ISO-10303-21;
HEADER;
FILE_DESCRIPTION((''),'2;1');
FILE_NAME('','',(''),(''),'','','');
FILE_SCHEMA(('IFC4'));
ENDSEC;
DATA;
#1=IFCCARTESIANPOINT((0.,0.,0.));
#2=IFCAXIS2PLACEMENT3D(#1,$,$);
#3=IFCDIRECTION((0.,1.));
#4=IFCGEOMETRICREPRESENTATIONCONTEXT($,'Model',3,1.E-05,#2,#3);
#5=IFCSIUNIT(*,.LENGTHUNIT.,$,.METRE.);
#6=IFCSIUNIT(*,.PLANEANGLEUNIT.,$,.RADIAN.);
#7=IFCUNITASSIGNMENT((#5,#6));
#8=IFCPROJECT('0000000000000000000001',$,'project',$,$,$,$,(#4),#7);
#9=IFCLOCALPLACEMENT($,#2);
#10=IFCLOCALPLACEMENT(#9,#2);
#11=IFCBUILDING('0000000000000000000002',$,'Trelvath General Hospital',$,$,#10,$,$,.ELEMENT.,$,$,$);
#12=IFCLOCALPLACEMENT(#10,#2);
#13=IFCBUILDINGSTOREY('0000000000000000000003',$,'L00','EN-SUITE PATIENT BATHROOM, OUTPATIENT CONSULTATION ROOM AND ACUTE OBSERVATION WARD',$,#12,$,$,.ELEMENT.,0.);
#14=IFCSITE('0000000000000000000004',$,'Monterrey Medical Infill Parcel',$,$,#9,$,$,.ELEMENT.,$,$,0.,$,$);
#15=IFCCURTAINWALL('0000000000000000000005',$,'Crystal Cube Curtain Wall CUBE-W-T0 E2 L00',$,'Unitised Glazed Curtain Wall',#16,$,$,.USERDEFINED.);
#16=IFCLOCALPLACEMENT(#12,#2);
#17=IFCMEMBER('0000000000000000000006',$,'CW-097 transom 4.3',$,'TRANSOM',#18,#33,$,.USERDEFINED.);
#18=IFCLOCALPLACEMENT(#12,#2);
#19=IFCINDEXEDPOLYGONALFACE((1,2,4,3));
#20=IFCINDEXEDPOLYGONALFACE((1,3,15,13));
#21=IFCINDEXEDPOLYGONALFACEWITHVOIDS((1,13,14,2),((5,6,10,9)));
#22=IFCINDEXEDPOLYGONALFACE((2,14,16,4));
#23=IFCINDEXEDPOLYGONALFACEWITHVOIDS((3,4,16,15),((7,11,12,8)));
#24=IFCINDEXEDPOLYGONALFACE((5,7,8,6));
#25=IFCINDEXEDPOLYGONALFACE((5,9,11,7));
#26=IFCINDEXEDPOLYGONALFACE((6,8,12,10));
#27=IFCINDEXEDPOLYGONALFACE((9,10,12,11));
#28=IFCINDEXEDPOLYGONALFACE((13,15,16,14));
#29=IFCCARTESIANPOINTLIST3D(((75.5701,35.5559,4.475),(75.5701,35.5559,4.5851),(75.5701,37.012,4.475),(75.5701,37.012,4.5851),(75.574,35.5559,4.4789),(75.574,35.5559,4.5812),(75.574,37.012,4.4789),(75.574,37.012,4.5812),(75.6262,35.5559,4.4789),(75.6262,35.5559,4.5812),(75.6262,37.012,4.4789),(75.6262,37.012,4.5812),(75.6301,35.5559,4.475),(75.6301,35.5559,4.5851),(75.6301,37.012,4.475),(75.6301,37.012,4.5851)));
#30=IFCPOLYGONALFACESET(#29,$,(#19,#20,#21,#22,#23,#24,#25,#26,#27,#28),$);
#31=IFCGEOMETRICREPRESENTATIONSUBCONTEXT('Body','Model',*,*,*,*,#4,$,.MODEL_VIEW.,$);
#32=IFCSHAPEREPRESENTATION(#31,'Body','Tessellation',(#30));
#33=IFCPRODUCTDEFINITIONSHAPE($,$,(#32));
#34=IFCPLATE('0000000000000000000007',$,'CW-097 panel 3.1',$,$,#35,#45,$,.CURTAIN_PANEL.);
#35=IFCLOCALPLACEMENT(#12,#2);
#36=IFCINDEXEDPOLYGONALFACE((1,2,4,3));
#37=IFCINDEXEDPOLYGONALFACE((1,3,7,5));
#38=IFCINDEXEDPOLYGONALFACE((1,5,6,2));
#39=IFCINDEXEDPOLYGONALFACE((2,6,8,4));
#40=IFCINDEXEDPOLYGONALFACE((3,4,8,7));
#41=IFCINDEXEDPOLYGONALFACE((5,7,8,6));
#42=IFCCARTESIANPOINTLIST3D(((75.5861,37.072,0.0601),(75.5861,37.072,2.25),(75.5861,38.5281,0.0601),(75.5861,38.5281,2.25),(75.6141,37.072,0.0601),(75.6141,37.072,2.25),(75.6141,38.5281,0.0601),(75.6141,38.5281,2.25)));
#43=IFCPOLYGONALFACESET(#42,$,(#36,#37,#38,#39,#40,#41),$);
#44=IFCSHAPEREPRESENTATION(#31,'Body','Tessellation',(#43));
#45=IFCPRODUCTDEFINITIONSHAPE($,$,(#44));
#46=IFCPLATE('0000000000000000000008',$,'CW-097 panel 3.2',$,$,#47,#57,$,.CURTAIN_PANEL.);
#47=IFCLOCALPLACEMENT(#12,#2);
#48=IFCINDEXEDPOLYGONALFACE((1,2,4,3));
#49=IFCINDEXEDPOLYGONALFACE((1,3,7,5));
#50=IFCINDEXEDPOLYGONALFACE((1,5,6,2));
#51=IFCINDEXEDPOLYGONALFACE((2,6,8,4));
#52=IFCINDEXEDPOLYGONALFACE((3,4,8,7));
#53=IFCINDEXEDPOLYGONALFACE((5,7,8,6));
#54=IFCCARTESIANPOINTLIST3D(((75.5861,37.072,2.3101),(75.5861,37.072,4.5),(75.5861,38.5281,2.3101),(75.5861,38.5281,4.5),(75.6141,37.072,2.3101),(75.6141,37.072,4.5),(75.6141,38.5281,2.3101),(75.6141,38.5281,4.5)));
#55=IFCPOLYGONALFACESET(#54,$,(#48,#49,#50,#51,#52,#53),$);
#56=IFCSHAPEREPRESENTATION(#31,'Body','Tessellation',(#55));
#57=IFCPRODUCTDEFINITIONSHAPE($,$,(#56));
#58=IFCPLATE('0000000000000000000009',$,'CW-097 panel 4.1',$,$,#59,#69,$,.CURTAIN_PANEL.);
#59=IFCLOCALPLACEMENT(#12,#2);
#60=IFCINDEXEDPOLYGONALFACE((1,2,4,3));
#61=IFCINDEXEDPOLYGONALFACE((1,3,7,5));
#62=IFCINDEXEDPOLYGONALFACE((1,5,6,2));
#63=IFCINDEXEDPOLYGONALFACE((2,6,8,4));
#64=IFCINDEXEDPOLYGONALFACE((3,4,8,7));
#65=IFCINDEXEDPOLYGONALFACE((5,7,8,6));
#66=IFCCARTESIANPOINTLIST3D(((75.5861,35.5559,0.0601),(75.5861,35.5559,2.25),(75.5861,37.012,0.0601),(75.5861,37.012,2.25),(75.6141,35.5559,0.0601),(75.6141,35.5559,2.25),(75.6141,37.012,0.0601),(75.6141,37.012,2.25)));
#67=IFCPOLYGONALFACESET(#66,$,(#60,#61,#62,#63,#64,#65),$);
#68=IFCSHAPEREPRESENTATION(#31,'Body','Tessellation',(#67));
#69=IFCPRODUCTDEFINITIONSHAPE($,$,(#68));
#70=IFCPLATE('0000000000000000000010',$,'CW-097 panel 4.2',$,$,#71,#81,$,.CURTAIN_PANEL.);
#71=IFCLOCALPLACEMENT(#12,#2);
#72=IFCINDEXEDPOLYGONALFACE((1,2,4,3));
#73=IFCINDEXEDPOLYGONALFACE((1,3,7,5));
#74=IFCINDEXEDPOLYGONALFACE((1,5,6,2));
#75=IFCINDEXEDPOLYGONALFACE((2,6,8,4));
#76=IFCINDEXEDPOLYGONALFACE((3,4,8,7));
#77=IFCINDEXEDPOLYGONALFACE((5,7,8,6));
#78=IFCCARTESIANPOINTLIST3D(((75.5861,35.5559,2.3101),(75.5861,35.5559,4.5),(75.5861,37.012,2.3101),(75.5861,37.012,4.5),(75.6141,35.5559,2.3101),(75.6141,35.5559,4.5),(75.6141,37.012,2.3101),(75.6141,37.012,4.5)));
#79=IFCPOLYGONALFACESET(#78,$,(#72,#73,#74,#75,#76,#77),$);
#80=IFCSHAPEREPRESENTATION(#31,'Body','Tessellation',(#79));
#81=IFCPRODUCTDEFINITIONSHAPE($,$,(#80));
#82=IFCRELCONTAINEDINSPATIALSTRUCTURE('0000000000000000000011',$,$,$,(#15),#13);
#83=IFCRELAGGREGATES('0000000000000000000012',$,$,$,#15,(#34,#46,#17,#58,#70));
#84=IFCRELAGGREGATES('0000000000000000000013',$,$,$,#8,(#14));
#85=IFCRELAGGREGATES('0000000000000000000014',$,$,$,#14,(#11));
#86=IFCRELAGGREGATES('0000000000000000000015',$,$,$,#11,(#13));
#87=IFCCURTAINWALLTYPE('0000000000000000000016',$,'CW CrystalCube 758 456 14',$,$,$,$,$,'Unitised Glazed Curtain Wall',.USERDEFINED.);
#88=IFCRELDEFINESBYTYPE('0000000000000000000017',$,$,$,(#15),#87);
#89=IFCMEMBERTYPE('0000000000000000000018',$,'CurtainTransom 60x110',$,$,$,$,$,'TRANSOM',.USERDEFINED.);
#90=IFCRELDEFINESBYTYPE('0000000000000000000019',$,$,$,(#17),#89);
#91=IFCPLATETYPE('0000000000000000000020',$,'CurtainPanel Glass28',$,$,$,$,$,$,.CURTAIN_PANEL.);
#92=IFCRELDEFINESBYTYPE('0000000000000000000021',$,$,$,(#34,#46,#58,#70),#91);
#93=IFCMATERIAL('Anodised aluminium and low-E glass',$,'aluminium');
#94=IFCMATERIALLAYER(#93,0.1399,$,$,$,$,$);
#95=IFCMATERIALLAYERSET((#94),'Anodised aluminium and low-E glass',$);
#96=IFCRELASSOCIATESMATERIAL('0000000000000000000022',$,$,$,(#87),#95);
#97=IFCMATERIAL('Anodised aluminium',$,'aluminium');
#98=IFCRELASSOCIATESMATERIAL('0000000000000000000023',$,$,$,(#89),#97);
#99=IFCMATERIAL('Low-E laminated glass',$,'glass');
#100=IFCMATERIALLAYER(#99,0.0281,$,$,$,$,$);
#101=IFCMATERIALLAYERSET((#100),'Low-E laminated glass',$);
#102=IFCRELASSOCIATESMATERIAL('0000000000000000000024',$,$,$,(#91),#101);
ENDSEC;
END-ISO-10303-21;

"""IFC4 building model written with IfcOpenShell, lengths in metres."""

from ifc_helpers import new_model, si_unit, direction, frame, origin, origin_2d, place, context, subcontext, project, spatial, rectangle, hollow_rectangle, extrude, material, layer, layer_set, material_profile, profile_set, type_object, element, aggregate, save


model = new_model("IFC4")

# Units and contexts
model_context = context("Model", 3, precision=1e-05, world=origin(), true_north=direction((0.0, 1.0)))
body_context = subcontext(model_context, "Body", "Model", "MODEL_VIEW")
ifc_project = project(units=[si_unit("LENGTHUNIT", "METRE"), si_unit("PLANEANGLEUNIT", "RADIAN")], contexts=[model_context])

# Site, building, storey
site_placement = place(None, origin())
site = spatial("IfcSite", under=ifc_project, at=site_placement, Name="Monterrey Medical Infill Parcel", CompositionType="ELEMENT", RefElevation=0.0)
building_placement = place(site_placement, origin())
building = spatial("IfcBuilding", under=site, at=building_placement, Name="Trelvath General Hospital", CompositionType="ELEMENT")
storey_placement = place(building_placement, origin())
storey = spatial("IfcBuildingStorey", under=building, at=storey_placement, Name="L00", Description="EN-SUITE PATIENT BATHROOM, OUTPATIENT CONSULTATION ROOM AND ACUTE OBSERVATION WARD", CompositionType="ELEMENT", Elevation=0.0)

# Curtain wall, member, plates
ifc_material_1 = material(Name="Anodised aluminium and low-E glass", Category="aluminium")
ifc_layer_1 = layer(ifc_material_1, 0.1399)
ifc_layer_set_1 = layer_set([ifc_layer_1], Name="Anodised aluminium and low-E glass")
curtain_wall_type = type_object("IfcCurtainWallType", Name="CW CrystalCube 758 456 14", ElementType="Unitised Glazed Curtain Wall", PredefinedType="USERDEFINED", material=ifc_layer_set_1)
curtain_wall_placement = place(storey_placement, origin())
curtain_wall = element("IfcCurtainWall", 1, at=curtain_wall_placement, inside=storey, type_object=curtain_wall_type, Name="Crystal Cube Curtain Wall CUBE-W-T0 E2 L00", ObjectType="Unitised Glazed Curtain Wall", PredefinedType="USERDEFINED")
ifc_material_2 = material(Name="Anodised aluminium", Category="aluminium")
ifc_material_profile_1 = material_profile(ifc_material_2, hollow_rectangle(XDim=0.0601, YDim=0.1101, WallThickness=0.0039, at=origin_2d()), Name="RHS60x110x4")
ifc_profile_set_1 = profile_set([ifc_material_profile_1], Name="Anodised aluminium")
member_type_1 = type_object("IfcMemberType", Name="CurtainTransom 60x110", ElementType="TRANSOM", PredefinedType="USERDEFINED", material=ifc_profile_set_1)
member_1_placement = place(storey_placement, frame((75.6001, 37.012, 4.53), z_axis=(0.0, -1.0, 0.0), x_axis=(1.0, 0.0, 0.0)))
member_1 = element("IfcMember", 2, at=member_1_placement, type_object=member_type_1, Name="CW-097 transom 4.3", ObjectType="TRANSOM", PredefinedType="USERDEFINED", context=body_context, shape_type="SweptSolid", body=[
    extrude(hollow_rectangle(XDim=0.0601, YDim=0.1101, WallThickness=0.0039, at=origin_2d()), origin(), (0.0, 0.0, 1.0), 1.4561),
])
ifc_material_3 = material(Name="Low-E laminated glass", Category="glass")
ifc_layer_2 = layer(ifc_material_3, 0.0281)
ifc_layer_set_2 = layer_set([ifc_layer_2], Name="Low-E laminated glass")
plate_type = type_object("IfcPlateType", Name="CurtainPanel Glass28", PredefinedType="CURTAIN_PANEL", material=ifc_layer_set_2)
plate_1_placement = place(storey_placement, frame((75.6001, 37.8, 0.0601), z_axis=(0.0, 0.0, 1.0), x_axis=(0.0, -1.0, 0.0)))
plate_1 = element("IfcPlate", 3, at=plate_1_placement, type_object=plate_type, Name="CW-097 panel 3.1", PredefinedType="CURTAIN_PANEL", context=body_context, shape_type="SweptSolid", body=[
    extrude(rectangle(XDim=1.4561, YDim=0.0281, at=origin_2d()), origin(), (0.0, 0.0, 1.0), 2.1899),
])
plate_2_placement = place(storey_placement, frame((75.6001, 37.8, 2.3101), z_axis=(0.0, 0.0, 1.0), x_axis=(0.0, -1.0, 0.0)))
plate_2 = element("IfcPlate", 4, at=plate_2_placement, type_object=plate_type, Name="CW-097 panel 3.2", PredefinedType="CURTAIN_PANEL", context=body_context, shape_type="SweptSolid", body=[
    extrude(rectangle(XDim=1.4561, YDim=0.0281, at=origin_2d()), origin(), (0.0, 0.0, 1.0), 2.1899),
])
plate_3_placement = place(storey_placement, frame((75.6001, 36.2839, 0.0601), z_axis=(0.0, 0.0, 1.0), x_axis=(0.0, -1.0, 0.0)))
plate_3 = element("IfcPlate", 5, at=plate_3_placement, type_object=plate_type, Name="CW-097 panel 4.1", PredefinedType="CURTAIN_PANEL", context=body_context, shape_type="SweptSolid", body=[
    extrude(rectangle(XDim=1.4561, YDim=0.0281, at=origin_2d()), origin(), (0.0, 0.0, 1.0), 2.1899),
])
plate_4_placement = place(storey_placement, frame((75.6001, 36.2839, 2.3101), z_axis=(0.0, 0.0, 1.0), x_axis=(0.0, -1.0, 0.0)))
plate_4 = element("IfcPlate", 6, at=plate_4_placement, type_object=plate_type, Name="CW-097 panel 4.2", PredefinedType="CURTAIN_PANEL", context=body_context, shape_type="SweptSolid", body=[
    extrude(rectangle(XDim=1.4561, YDim=0.0281, at=origin_2d()), origin(), (0.0, 0.0, 1.0), 2.1899),
])
aggregate(curtain_wall, [plate_1, plate_2, member_1, plate_3, plate_4])

save(model, "model.ifc")
